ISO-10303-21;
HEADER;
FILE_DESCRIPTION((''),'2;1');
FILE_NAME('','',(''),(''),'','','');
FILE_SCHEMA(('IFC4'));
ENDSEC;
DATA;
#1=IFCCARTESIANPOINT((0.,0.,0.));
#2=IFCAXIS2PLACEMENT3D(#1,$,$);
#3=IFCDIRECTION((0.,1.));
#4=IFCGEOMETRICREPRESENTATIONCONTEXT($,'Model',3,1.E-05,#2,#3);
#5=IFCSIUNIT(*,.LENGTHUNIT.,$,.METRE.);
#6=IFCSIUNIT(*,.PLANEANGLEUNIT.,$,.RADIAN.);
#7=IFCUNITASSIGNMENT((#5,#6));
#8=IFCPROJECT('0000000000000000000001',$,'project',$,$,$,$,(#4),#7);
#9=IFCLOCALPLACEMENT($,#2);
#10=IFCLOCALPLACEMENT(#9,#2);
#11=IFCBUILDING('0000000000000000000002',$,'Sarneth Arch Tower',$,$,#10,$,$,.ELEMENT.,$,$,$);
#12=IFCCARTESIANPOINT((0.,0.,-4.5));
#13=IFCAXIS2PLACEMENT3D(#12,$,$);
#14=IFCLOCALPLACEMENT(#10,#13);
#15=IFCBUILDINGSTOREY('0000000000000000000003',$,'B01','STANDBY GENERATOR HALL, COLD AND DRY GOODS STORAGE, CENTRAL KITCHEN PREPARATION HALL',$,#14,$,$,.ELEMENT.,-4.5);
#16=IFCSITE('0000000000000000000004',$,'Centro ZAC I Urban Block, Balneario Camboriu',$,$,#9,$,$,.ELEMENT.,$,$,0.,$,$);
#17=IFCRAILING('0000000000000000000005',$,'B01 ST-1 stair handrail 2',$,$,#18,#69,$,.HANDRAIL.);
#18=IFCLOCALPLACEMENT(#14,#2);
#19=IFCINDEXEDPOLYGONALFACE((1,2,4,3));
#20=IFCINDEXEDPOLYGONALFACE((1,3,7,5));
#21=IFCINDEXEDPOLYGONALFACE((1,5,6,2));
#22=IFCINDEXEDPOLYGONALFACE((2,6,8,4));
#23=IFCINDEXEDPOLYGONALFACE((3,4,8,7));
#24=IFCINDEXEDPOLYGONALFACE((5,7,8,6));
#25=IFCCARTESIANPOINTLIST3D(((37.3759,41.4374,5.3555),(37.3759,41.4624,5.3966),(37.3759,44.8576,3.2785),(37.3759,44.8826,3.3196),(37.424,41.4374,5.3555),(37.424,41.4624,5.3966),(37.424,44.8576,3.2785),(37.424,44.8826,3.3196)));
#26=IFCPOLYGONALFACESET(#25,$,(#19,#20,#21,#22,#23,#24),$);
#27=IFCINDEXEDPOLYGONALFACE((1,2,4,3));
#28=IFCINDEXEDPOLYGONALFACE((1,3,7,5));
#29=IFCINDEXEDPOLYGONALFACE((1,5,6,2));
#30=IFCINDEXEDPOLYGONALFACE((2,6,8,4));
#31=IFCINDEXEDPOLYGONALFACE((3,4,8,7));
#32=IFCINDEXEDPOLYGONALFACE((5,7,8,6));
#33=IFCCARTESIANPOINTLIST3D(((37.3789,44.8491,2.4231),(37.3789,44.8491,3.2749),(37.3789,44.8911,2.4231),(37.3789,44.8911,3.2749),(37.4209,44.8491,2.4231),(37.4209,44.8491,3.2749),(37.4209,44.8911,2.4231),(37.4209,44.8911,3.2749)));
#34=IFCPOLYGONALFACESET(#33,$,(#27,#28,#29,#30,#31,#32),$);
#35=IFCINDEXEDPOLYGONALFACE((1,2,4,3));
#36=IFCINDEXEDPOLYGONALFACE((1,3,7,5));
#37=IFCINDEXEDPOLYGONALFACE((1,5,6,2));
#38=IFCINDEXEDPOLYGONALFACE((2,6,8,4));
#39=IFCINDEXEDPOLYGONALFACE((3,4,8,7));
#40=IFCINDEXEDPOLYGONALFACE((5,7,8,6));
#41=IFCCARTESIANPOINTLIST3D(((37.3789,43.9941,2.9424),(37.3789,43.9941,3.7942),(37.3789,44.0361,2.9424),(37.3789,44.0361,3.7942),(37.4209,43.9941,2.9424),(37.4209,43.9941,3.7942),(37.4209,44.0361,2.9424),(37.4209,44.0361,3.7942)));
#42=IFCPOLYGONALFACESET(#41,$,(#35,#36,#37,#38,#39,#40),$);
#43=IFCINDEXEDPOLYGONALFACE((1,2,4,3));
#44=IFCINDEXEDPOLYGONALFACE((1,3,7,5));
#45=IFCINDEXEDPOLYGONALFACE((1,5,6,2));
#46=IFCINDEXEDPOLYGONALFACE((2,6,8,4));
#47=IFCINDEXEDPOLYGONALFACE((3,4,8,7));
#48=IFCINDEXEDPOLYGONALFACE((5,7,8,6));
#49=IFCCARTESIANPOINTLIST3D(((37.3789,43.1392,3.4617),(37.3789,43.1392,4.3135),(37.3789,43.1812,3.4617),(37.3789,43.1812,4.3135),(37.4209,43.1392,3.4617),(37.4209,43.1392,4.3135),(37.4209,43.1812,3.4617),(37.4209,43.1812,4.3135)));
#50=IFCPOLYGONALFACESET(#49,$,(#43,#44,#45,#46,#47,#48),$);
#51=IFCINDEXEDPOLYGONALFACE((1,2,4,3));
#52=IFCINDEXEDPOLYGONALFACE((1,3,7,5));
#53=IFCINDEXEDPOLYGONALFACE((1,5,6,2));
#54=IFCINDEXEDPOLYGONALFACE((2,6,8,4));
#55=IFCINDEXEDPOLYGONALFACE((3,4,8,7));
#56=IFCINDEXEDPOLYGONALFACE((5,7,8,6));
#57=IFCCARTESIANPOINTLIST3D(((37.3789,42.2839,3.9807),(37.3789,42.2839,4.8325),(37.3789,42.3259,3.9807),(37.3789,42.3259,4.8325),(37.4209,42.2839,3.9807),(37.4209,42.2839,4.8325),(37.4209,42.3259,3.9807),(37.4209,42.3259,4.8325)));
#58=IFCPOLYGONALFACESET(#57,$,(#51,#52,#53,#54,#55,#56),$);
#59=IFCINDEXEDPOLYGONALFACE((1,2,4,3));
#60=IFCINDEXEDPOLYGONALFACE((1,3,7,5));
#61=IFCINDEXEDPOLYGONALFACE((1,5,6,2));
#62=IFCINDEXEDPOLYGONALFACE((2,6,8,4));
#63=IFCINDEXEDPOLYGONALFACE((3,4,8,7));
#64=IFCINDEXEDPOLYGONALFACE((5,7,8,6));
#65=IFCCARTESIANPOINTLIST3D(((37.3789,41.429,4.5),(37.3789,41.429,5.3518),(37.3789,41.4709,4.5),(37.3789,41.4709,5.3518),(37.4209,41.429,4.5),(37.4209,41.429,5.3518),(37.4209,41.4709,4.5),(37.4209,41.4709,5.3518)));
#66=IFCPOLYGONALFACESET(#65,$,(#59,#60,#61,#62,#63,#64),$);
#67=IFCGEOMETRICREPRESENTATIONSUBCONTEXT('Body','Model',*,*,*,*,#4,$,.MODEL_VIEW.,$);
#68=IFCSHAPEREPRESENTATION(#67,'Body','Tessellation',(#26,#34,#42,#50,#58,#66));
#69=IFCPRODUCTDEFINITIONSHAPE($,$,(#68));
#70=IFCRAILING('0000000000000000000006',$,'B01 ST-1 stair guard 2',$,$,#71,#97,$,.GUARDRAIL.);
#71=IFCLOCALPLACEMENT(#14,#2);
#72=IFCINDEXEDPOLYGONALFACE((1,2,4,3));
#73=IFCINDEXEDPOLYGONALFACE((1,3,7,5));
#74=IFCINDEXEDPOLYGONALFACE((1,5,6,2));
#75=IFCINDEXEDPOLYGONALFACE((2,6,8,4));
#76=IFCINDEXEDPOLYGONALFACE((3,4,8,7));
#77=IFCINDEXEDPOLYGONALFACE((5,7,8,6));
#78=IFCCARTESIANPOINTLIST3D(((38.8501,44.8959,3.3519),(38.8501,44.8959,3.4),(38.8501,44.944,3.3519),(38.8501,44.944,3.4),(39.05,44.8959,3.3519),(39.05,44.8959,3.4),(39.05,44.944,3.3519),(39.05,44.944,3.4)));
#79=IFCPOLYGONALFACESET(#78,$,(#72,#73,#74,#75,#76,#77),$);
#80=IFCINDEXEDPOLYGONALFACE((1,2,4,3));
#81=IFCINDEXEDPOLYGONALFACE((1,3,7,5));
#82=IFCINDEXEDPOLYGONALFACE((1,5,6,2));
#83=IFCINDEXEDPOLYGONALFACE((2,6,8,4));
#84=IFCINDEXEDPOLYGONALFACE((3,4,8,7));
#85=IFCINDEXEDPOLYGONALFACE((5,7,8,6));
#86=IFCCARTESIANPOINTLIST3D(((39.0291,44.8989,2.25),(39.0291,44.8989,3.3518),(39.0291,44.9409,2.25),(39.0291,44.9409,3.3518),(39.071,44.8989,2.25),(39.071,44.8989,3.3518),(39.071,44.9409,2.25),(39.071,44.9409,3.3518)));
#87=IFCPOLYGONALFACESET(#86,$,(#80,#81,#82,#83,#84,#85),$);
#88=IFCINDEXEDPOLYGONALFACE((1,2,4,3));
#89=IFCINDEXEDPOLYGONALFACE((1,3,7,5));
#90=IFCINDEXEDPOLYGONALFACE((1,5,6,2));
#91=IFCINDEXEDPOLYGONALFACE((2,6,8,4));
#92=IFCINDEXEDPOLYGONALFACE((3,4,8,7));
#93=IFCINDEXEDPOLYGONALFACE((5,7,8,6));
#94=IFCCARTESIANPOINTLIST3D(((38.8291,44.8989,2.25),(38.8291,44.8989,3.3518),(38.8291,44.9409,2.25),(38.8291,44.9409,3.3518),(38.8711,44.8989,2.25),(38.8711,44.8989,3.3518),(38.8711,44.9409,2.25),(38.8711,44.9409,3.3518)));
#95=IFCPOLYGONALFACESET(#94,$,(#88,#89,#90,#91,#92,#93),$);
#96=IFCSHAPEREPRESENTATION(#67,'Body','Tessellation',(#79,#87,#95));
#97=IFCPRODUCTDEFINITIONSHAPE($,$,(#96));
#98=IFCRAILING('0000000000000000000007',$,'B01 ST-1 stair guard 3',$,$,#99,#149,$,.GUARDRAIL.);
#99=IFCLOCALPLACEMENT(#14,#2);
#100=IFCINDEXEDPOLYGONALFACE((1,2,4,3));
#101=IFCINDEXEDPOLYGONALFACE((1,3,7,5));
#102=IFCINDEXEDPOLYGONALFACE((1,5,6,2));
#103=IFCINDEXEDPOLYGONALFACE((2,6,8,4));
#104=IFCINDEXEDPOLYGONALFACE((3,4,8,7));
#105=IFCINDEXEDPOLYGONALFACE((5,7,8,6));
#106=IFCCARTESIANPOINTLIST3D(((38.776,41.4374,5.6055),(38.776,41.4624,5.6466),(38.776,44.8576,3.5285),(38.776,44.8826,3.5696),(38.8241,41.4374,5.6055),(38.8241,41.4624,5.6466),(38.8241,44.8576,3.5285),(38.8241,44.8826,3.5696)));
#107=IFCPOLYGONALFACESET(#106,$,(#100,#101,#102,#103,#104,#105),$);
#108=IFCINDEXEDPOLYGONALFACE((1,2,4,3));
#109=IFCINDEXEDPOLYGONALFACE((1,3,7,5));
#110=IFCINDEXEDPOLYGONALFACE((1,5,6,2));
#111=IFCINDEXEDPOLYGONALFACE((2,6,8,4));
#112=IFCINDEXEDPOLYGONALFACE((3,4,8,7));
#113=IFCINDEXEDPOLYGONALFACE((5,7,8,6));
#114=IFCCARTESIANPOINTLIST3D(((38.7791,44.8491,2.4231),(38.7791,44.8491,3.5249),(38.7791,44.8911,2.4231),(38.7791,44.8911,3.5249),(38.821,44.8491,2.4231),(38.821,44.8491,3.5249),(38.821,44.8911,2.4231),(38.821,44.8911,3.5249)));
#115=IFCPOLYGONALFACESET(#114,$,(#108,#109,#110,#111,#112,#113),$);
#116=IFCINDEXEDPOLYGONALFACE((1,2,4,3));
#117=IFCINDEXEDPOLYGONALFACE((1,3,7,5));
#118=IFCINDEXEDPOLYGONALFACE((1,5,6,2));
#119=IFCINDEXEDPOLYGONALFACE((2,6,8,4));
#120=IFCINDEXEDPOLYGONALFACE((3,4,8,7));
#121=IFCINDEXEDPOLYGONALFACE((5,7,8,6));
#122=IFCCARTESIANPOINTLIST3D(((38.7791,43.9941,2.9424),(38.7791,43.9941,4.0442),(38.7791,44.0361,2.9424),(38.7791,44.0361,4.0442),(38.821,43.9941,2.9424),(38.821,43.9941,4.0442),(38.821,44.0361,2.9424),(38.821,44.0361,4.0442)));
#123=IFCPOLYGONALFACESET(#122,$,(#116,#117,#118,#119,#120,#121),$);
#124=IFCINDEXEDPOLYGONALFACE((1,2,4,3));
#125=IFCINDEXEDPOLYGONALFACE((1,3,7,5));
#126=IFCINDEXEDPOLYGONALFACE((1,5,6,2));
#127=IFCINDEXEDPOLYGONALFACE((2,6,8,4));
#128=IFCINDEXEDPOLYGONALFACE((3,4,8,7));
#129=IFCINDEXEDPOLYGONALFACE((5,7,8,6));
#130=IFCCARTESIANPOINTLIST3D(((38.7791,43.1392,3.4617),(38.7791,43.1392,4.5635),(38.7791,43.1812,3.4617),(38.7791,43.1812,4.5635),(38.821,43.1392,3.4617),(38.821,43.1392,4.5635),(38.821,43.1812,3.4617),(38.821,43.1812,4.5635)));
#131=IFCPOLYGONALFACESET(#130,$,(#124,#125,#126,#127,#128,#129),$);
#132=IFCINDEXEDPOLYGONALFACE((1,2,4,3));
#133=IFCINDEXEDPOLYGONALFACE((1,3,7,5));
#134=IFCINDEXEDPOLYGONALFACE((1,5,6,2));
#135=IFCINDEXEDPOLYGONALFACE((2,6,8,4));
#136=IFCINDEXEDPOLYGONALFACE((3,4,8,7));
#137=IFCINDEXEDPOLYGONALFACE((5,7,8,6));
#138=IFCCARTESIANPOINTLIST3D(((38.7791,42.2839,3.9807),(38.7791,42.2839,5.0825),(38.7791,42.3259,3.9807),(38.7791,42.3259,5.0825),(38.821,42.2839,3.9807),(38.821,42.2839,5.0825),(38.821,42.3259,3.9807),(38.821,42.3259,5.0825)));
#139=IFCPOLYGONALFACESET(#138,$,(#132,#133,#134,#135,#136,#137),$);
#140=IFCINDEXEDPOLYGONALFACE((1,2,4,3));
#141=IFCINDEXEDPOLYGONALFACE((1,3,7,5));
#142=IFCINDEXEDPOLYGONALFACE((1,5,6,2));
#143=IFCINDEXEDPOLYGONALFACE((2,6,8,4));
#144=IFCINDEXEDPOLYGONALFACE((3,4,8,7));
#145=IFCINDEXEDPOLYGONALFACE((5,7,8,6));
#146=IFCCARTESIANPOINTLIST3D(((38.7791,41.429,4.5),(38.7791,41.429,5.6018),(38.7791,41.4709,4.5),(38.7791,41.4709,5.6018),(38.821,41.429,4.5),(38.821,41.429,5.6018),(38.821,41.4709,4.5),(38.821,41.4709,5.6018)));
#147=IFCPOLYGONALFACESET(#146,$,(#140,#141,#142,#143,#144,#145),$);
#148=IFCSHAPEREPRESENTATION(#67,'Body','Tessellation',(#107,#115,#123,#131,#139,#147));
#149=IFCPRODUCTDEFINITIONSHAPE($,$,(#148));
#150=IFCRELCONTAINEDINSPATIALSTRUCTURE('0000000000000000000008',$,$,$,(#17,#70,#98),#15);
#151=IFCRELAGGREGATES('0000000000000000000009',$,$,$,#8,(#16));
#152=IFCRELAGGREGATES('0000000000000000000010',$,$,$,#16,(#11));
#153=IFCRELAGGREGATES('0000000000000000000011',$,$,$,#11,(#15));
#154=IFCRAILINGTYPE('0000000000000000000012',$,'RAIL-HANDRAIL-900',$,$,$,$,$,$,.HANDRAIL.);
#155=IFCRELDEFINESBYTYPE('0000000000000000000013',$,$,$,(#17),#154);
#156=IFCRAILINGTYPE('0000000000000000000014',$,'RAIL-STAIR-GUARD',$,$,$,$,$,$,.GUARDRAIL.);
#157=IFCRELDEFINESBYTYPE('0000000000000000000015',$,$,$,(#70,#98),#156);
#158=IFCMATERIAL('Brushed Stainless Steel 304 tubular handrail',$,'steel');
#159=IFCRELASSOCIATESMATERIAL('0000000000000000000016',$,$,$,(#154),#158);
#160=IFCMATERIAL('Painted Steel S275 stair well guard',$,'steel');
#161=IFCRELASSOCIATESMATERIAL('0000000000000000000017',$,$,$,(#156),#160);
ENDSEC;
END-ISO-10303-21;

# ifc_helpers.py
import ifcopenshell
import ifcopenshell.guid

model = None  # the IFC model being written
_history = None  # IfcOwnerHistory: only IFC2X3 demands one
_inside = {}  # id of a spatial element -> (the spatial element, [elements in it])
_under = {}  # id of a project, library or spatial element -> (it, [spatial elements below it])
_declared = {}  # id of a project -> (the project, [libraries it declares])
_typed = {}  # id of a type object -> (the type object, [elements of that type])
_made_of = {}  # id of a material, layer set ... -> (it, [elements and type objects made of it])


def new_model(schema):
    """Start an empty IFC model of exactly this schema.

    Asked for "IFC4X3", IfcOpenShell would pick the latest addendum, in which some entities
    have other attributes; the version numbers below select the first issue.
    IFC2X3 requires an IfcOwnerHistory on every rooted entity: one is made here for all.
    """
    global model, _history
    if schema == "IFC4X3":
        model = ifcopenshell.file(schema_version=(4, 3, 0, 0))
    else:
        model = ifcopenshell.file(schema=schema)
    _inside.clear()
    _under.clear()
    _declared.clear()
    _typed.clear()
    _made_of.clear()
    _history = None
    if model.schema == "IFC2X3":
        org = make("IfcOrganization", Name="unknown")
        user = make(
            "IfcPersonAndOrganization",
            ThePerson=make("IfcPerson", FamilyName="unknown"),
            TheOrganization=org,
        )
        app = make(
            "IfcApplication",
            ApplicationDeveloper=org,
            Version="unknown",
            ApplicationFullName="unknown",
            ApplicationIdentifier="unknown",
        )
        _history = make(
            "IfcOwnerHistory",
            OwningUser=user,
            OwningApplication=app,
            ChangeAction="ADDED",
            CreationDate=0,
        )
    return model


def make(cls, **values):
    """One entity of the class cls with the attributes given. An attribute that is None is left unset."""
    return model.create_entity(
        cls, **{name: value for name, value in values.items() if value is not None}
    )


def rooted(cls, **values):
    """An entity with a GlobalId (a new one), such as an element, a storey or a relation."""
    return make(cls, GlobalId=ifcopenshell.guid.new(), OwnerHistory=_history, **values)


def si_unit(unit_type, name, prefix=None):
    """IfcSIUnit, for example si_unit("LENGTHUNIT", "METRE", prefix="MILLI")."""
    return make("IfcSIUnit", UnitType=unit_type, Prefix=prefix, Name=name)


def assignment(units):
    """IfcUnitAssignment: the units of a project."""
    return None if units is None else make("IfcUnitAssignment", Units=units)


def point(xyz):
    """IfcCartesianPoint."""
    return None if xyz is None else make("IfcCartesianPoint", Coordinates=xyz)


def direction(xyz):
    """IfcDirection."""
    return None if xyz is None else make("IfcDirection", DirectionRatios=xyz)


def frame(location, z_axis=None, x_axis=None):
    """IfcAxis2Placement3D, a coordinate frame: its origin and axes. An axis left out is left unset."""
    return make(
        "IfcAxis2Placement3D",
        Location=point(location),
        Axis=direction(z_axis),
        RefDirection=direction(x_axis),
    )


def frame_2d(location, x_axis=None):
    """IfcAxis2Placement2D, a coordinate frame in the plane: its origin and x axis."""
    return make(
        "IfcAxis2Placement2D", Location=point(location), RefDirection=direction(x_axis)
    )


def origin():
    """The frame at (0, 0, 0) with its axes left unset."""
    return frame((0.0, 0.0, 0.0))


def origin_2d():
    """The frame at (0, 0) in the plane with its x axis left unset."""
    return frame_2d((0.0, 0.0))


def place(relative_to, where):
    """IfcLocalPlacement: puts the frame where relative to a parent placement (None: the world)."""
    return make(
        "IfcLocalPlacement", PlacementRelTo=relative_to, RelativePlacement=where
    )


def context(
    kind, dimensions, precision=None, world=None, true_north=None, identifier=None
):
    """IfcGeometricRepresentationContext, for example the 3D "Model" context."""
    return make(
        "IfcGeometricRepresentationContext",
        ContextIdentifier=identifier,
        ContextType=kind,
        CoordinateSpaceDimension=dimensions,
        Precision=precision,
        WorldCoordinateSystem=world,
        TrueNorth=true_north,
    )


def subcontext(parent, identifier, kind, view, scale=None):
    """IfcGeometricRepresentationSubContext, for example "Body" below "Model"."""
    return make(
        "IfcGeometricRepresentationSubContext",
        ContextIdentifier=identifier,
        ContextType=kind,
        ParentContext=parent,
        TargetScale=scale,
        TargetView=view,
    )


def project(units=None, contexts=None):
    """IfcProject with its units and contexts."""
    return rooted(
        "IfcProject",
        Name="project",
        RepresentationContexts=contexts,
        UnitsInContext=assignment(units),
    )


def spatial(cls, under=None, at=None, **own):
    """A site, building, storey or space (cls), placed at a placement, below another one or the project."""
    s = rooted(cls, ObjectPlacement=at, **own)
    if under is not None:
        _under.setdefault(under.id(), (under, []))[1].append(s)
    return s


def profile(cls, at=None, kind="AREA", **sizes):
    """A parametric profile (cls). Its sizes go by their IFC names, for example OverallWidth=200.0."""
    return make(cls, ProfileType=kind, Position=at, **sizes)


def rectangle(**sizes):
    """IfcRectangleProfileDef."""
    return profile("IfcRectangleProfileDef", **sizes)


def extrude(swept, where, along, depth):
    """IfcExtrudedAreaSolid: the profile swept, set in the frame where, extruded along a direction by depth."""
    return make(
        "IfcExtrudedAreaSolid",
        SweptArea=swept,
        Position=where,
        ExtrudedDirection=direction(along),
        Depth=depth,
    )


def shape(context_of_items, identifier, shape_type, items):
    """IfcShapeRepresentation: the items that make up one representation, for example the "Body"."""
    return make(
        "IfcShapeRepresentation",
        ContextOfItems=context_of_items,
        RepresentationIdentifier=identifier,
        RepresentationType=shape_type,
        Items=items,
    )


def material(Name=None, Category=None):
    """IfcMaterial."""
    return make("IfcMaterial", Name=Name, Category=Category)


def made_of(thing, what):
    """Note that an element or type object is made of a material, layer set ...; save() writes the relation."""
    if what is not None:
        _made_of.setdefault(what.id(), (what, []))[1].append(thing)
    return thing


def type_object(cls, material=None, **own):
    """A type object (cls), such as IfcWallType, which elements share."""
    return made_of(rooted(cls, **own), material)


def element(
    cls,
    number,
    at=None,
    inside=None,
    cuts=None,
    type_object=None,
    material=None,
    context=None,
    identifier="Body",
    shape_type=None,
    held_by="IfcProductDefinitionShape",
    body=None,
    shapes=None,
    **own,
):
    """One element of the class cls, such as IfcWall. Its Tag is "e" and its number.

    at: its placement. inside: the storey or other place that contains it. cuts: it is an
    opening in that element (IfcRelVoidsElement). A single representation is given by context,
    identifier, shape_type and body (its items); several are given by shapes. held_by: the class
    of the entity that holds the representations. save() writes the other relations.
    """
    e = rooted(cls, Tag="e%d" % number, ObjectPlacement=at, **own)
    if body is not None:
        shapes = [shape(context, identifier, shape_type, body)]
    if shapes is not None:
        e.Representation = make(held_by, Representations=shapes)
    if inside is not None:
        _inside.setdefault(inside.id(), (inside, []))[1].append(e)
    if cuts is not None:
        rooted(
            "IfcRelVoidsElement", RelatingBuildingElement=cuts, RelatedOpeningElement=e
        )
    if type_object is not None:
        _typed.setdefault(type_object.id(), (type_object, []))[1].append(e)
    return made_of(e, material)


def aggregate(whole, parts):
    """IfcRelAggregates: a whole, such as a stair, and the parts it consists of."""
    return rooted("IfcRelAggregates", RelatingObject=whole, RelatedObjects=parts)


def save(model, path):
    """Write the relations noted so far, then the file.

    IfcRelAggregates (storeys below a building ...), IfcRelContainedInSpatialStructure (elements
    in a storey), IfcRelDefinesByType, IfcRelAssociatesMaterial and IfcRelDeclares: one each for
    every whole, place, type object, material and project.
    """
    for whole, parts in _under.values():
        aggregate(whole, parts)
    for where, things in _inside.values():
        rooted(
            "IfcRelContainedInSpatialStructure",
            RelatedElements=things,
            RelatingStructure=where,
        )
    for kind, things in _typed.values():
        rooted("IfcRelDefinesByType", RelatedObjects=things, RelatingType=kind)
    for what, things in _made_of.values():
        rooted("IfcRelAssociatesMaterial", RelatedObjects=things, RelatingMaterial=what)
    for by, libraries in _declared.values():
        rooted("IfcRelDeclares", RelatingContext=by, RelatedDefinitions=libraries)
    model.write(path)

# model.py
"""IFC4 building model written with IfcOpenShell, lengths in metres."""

from ifc_helpers import new_model, si_unit, direction, frame, origin, origin_2d, place, context, subcontext, project, spatial, rectangle, extrude, material, type_object, element, save


model = new_model("IFC4")

# Units and contexts
model_context = context("Model", 3, precision=1e-05, world=origin(), true_north=direction((0.0, 1.0)))
body_context = subcontext(model_context, "Body", "Model", "MODEL_VIEW")
ifc_project = project(units=[si_unit("LENGTHUNIT", "METRE"), si_unit("PLANEANGLEUNIT", "RADIAN")], contexts=[model_context])

# Site, building, storey
site_placement = place(None, origin())
site = spatial("IfcSite", under=ifc_project, at=site_placement, Name="Centro ZAC I Urban Block, Balneario Camboriu", CompositionType="ELEMENT", RefElevation=0.0)
building_placement = place(site_placement, origin())
building = spatial("IfcBuilding", under=site, at=building_placement, Name="Sarneth Arch Tower", CompositionType="ELEMENT")
storey_placement = place(building_placement, frame((0.0, 0.0, -4.5)))
storey = spatial("IfcBuildingStorey", under=building, at=storey_placement, Name="B01", Description="STANDBY GENERATOR HALL, COLD AND DRY GOODS STORAGE, CENTRAL KITCHEN PREPARATION HALL", CompositionType="ELEMENT", Elevation=-4.5)

# Railings
ifc_material_1 = material(Name="Brushed Stainless Steel 304 tubular handrail", Category="steel")
railing_type_1 = type_object("IfcRailingType", Name="RAIL-HANDRAIL-900", PredefinedType="HANDRAIL", material=ifc_material_1)
railing_1_placement = place(storey_placement, frame((37.3999, 44.8701, 2.4231)))
element("IfcRailing", 1, at=railing_1_placement, inside=storey, type_object=railing_type_1, Name="B01 ST-1 stair handrail 2", PredefinedType="HANDRAIL", context=body_context, shape_type="SweptSolid", body=[
    extrude(rectangle(XDim=0.0481, YDim=0.0481, at=origin_2d()), frame((0.0, 0.0, 0.876), z_axis=(0.0, -0.854746, 0.519047), x_axis=(1.0, 0.0, 0.0)), (0.0, 0.0, 1.0), 4.0015),
    extrude(rectangle(XDim=0.042, YDim=0.042, at=origin_2d()), origin(), (0.0, 0.0, 1.0), 0.8518),
    extrude(rectangle(XDim=0.042, YDim=0.042, at=origin_2d()), frame((0.0, -0.855, 0.5193)), (0.0, 0.0, 1.0), 0.8518),
    extrude(rectangle(XDim=0.042, YDim=0.042, at=origin_2d()), frame((0.0, -1.71, 1.0386)), (0.0, 0.0, 1.0), 0.8518),
    extrude(rectangle(XDim=0.042, YDim=0.042, at=origin_2d()), frame((0.0, -2.5652, 1.5576)), (0.0, 0.0, 1.0), 0.8518),
    extrude(rectangle(XDim=0.042, YDim=0.042, at=origin_2d()), frame((0.0, -3.4202, 2.0769)), (0.0, 0.0, 1.0), 0.8518),
])
ifc_material_2 = material(Name="Painted Steel S275 stair well guard", Category="steel")
railing_type_2 = type_object("IfcRailingType", Name="RAIL-STAIR-GUARD", PredefinedType="GUARDRAIL", material=ifc_material_2)
railing_2_placement = place(storey_placement, frame((39.05, 44.9199, 2.25)))
element("IfcRailing", 2, at=railing_2_placement, inside=storey, type_object=railing_type_2, Name="B01 ST-1 stair guard 2", PredefinedType="GUARDRAIL", context=body_context, shape_type="SweptSolid", body=[
    extrude(rectangle(XDim=0.0481, YDim=0.0481, at=origin_2d()), frame((0.0, 0.0, 1.126), z_axis=(-1.0, 0.0, 0.0), x_axis=(0.0, -1.0, 0.0)), (0.0, 0.0, 1.0), 0.2),
    extrude(rectangle(XDim=0.042, YDim=0.042, at=origin_2d()), origin(), (0.0, 0.0, 1.0), 1.1018),
    extrude(rectangle(XDim=0.042, YDim=0.042, at=origin_2d()), frame((-0.2, 0.0, 0.0)), (0.0, 0.0, 1.0), 1.1018),
])
railing_3_placement = place(storey_placement, frame((38.8, 44.8701, 2.4231)))
element("IfcRailing", 3, at=railing_3_placement, inside=storey, type_object=railing_type_2, Name="B01 ST-1 stair guard 3", PredefinedType="GUARDRAIL", context=body_context, shape_type="SweptSolid", body=[
    extrude(rectangle(XDim=0.0481, YDim=0.0481, at=origin_2d()), frame((0.0, 0.0, 1.126), z_axis=(0.0, -0.854746, 0.519047), x_axis=(1.0, 0.0, 0.0)), (0.0, 0.0, 1.0), 4.0015),
    extrude(rectangle(XDim=0.042, YDim=0.042, at=origin_2d()), origin(), (0.0, 0.0, 1.0), 1.1018),
    extrude(rectangle(XDim=0.042, YDim=0.042, at=origin_2d()), frame((0.0, -0.855, 0.5193)), (0.0, 0.0, 1.0), 1.1018),
    extrude(rectangle(XDim=0.042, YDim=0.042, at=origin_2d()), frame((0.0, -1.71, 1.0386)), (0.0, 0.0, 1.0), 1.1018),
    extrude(rectangle(XDim=0.042, YDim=0.042, at=origin_2d()), frame((0.0, -2.5652, 1.5576)), (0.0, 0.0, 1.0), 1.1018),
    extrude(rectangle(XDim=0.042, YDim=0.042, at=origin_2d()), frame((0.0, -3.4202, 2.0769)), (0.0, 0.0, 1.0), 1.1018),
])

save(model, "model.ifc")
